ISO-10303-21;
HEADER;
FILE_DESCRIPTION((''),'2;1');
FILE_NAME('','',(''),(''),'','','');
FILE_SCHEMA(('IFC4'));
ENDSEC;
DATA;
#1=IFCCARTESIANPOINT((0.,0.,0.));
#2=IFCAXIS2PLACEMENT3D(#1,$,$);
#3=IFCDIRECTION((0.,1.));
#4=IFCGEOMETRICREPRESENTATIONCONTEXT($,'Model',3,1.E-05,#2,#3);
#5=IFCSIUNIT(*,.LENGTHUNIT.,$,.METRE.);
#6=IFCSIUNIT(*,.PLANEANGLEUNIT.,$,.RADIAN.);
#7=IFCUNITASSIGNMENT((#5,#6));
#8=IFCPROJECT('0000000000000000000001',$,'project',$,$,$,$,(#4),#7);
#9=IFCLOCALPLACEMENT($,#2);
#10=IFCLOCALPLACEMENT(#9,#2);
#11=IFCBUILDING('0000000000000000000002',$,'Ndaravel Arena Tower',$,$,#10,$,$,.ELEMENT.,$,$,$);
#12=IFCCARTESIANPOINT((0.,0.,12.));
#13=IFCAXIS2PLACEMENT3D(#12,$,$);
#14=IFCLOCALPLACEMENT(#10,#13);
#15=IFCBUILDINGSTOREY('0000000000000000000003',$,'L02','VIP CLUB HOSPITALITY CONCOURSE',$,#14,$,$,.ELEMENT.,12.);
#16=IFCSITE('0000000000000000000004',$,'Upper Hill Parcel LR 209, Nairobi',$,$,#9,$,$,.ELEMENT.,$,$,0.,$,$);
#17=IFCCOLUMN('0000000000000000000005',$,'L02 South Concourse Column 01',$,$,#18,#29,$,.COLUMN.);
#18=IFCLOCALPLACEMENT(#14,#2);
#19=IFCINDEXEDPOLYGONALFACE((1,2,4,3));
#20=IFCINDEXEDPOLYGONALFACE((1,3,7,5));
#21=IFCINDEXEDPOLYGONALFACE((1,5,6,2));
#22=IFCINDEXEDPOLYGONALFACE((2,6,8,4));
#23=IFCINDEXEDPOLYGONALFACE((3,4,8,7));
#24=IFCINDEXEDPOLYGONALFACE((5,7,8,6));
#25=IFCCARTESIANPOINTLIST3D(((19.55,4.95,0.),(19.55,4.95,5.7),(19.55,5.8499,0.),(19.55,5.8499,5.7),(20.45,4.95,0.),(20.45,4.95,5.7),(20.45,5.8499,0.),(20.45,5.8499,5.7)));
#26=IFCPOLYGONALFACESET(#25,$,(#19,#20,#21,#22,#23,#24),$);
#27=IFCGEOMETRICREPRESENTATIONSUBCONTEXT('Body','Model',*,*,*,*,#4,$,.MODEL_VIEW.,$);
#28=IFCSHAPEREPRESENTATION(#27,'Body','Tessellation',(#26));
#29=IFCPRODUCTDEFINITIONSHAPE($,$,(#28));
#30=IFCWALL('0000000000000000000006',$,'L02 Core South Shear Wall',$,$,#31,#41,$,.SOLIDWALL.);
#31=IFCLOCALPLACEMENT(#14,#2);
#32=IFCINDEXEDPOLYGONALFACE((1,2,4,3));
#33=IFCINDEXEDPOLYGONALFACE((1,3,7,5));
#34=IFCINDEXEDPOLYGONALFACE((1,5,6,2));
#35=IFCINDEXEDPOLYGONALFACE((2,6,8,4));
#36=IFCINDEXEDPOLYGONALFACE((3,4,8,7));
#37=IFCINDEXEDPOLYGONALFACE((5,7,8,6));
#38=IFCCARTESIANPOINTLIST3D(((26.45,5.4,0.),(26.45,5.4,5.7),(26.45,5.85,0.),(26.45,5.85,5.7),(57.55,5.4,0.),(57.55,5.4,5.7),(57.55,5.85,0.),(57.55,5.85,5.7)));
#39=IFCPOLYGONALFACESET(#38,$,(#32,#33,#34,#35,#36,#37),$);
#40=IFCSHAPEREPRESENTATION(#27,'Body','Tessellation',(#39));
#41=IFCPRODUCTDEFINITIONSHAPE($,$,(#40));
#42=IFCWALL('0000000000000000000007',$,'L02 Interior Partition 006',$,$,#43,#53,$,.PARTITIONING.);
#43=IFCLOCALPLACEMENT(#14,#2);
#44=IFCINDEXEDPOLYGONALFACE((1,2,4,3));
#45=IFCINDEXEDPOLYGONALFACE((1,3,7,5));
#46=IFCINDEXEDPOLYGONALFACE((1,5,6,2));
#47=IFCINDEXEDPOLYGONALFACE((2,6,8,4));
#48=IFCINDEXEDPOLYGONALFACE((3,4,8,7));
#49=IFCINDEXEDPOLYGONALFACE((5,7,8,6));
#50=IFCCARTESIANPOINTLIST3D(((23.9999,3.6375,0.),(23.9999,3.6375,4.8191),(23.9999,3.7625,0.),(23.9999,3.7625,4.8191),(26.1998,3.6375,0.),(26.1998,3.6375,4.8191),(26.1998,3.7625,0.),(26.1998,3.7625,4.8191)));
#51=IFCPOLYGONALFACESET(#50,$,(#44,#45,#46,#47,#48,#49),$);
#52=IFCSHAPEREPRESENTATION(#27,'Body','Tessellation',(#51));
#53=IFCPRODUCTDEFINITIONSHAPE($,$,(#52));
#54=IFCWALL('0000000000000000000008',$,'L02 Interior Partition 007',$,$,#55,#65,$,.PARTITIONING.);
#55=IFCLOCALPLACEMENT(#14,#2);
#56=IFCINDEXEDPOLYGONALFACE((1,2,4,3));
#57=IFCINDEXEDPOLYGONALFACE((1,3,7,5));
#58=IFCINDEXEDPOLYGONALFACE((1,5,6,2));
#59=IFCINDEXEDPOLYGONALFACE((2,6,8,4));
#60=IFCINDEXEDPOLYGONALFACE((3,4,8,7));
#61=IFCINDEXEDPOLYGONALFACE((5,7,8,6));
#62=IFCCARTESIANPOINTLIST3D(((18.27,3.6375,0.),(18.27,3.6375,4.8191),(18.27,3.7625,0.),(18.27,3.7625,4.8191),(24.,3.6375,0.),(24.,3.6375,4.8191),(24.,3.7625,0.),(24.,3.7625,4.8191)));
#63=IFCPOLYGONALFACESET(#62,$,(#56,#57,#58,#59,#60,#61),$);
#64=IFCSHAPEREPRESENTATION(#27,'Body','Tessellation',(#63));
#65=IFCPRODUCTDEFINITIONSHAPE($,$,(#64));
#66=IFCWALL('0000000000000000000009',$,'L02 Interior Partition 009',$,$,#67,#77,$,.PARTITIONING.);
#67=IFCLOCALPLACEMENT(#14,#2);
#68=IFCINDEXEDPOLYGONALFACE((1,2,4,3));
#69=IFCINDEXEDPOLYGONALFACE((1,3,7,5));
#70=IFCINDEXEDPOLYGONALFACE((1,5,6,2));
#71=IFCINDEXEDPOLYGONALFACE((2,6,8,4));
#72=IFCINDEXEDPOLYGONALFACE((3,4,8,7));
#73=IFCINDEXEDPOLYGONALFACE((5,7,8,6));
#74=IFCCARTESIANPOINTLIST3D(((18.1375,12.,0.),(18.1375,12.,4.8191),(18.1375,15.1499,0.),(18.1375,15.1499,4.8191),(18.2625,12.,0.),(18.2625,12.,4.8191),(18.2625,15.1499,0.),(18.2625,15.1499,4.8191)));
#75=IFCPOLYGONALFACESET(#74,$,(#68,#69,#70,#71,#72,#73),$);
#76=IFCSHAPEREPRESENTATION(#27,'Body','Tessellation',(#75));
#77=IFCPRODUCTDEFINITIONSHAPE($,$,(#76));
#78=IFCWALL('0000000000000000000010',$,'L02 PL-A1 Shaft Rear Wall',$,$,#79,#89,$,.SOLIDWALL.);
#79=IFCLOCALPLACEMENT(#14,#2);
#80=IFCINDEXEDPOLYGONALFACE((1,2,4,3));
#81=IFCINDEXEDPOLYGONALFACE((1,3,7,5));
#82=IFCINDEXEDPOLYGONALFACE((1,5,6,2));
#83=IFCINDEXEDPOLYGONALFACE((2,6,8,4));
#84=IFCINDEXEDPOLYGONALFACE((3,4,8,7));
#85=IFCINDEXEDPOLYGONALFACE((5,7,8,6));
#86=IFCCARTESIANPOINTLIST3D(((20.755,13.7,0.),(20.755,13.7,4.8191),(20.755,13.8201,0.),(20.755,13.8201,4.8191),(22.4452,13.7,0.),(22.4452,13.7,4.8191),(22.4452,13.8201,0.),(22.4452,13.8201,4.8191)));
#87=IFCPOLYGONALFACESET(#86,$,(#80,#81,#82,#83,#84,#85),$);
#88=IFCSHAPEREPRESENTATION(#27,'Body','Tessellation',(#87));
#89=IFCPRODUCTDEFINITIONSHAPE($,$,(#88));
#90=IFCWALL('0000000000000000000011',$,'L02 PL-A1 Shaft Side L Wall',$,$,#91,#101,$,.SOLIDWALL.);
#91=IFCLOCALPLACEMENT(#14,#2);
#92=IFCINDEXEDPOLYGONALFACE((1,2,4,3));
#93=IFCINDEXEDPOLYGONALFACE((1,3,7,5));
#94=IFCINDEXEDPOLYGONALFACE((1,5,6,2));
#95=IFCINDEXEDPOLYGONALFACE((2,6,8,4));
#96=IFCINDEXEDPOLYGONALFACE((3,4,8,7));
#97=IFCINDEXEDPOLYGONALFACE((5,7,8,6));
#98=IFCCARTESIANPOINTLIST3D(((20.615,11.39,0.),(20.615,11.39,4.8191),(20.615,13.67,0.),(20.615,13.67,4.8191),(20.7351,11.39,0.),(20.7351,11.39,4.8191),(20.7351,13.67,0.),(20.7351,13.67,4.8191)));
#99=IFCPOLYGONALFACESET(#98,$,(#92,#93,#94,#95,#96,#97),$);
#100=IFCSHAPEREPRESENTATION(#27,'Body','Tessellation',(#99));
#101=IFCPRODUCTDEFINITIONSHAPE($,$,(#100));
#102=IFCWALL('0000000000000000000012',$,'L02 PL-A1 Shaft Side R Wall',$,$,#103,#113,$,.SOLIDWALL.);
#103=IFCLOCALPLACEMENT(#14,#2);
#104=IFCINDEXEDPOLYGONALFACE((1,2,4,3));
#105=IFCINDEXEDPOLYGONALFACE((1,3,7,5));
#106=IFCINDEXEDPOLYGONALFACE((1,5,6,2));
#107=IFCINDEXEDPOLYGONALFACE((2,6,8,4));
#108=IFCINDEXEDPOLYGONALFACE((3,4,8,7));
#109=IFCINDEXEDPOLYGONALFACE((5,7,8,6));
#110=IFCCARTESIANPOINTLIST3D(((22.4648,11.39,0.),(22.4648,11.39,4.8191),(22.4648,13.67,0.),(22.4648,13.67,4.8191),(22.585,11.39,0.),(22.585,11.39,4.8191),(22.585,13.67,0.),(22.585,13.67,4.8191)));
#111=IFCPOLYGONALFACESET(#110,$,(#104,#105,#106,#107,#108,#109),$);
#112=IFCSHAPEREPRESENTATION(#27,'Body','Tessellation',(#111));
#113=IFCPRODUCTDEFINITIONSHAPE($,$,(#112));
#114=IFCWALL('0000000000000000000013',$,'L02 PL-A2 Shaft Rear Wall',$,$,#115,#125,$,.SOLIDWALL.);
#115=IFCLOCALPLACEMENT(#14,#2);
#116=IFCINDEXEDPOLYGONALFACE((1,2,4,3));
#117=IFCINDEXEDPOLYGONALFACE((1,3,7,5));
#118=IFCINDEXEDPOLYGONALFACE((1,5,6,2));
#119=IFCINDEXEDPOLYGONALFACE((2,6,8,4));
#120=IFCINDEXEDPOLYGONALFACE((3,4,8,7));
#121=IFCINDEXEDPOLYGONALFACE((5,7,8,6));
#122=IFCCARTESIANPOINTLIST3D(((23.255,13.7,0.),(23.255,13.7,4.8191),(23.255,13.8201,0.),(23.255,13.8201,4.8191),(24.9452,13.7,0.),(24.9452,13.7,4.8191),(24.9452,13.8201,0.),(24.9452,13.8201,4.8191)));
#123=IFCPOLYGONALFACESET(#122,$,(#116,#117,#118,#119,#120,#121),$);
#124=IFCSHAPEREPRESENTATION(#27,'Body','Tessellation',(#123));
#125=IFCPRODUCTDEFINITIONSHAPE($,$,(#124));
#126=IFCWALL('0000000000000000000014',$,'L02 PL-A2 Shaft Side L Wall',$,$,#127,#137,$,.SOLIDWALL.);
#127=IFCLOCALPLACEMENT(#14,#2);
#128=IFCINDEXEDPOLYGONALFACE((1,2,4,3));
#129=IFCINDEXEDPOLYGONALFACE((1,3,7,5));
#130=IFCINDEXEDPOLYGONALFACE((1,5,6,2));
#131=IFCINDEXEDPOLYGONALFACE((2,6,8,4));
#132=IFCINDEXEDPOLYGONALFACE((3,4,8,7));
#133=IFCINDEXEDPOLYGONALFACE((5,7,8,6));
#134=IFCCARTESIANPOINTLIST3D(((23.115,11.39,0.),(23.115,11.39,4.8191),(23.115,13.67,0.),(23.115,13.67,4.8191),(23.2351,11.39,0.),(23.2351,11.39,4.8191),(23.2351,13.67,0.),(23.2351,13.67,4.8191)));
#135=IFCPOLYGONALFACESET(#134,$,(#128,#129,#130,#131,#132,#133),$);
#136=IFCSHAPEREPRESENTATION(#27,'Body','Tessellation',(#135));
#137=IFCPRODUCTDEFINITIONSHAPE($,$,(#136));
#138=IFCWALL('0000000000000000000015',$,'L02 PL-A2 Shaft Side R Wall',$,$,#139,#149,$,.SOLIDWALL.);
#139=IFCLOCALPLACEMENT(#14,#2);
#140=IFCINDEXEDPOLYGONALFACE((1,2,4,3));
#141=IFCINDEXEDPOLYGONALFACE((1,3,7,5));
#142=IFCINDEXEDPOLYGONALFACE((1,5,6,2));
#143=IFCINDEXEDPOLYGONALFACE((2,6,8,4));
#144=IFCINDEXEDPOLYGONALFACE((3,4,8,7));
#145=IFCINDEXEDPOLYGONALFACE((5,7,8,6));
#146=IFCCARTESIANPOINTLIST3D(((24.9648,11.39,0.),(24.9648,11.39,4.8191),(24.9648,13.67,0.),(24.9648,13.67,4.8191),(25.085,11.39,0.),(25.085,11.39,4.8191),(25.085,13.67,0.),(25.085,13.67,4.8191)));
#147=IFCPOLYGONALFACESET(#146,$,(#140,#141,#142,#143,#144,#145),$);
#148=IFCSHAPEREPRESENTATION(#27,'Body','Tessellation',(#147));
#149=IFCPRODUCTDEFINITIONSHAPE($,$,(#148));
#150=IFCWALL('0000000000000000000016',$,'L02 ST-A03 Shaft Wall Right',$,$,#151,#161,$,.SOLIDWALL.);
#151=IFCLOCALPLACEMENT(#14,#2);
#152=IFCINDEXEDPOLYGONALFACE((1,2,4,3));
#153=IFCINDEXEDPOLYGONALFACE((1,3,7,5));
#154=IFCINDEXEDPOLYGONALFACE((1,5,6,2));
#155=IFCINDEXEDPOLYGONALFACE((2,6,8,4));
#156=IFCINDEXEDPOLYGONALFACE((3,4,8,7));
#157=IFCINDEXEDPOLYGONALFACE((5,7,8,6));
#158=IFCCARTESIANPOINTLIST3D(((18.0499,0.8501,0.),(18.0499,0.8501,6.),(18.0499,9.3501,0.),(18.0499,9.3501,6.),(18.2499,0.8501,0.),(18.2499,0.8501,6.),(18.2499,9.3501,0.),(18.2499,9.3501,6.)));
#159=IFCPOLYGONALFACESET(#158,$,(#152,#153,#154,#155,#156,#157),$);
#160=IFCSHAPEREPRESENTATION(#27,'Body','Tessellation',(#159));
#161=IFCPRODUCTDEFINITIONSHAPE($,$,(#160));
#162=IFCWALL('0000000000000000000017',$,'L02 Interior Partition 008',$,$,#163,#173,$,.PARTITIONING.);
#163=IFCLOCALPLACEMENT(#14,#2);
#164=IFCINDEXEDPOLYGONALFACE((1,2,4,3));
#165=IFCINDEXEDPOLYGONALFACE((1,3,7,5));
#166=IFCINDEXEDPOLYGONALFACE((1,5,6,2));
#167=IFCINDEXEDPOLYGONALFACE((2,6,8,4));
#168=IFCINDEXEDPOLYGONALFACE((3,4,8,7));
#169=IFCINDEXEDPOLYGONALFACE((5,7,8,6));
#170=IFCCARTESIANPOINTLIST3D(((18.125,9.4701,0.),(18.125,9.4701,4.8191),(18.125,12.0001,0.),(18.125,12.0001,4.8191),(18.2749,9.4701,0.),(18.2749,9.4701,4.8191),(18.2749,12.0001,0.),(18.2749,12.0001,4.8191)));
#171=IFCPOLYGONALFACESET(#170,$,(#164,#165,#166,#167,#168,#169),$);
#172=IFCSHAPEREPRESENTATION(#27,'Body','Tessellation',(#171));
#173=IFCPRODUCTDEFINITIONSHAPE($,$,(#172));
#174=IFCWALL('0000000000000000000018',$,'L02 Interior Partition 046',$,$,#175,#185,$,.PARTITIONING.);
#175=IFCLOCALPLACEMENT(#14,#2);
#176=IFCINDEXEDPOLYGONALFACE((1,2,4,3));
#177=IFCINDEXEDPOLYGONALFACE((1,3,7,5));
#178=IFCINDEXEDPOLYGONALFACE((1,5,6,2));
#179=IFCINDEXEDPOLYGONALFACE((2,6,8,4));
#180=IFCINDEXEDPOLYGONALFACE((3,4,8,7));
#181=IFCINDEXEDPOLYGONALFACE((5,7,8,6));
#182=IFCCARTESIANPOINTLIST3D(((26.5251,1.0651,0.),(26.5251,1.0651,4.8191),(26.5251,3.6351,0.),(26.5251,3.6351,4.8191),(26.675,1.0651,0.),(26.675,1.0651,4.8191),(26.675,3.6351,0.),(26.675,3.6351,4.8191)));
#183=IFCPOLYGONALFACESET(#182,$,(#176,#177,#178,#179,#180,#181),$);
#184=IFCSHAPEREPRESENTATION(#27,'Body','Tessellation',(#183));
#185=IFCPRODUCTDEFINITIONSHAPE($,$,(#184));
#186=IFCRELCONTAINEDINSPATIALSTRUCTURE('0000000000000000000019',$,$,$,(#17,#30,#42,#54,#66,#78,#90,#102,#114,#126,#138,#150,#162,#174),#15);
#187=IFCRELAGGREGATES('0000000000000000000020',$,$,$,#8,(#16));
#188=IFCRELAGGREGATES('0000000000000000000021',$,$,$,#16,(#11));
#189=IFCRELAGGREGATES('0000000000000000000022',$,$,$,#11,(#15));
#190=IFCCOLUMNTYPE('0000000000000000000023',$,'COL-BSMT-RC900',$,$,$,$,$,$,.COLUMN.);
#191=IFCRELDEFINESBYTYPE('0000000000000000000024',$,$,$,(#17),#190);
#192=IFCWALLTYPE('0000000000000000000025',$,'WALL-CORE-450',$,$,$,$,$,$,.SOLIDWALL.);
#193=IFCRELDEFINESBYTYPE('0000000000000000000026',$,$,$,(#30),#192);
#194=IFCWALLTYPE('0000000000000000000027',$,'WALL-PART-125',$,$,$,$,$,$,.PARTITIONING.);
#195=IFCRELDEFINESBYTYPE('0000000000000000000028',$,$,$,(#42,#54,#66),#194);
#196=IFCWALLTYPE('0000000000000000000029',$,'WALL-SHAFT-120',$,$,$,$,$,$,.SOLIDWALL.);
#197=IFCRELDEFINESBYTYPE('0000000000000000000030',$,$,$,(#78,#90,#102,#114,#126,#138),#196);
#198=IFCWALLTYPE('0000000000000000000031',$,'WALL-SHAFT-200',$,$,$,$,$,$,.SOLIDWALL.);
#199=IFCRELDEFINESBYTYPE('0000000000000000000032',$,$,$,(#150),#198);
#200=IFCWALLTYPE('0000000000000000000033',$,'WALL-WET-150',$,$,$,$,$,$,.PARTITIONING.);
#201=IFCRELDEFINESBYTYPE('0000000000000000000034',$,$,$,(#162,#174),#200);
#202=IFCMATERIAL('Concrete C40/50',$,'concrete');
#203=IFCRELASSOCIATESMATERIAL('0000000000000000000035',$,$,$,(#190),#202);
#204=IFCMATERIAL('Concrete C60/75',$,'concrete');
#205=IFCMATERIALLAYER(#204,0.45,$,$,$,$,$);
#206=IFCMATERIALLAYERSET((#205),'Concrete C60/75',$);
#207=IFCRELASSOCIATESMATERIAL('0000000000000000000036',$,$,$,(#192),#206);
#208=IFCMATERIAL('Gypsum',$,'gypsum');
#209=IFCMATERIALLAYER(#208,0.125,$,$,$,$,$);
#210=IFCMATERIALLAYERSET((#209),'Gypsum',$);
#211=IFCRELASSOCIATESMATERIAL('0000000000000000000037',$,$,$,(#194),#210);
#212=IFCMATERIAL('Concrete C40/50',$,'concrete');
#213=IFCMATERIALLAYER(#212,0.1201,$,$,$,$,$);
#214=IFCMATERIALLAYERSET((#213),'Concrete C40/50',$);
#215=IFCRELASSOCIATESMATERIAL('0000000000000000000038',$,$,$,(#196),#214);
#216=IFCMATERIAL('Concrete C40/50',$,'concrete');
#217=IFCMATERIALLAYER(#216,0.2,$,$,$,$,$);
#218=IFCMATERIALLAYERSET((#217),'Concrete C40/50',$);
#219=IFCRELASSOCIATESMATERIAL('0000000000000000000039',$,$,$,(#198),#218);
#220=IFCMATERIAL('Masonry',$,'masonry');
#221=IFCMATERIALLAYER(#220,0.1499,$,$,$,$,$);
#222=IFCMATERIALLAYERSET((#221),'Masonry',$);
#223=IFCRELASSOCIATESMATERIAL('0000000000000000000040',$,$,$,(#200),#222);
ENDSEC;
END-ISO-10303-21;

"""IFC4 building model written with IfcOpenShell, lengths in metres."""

from ifc_helpers import new_model, si_unit, direction, frame, frame_2d, origin, origin_2d, place, context, subcontext, project, spatial, rectangle, extrude, material, layer, layer_set, material_profile, profile_set, type_object, element, save


model = new_model("IFC4")

# Units and contexts
model_context = context("Model", 3, precision=1e-05, world=origin(), true_north=direction((0.0, 1.0)))
body_context = subcontext(model_context, "Body", "Model", "MODEL_VIEW")
ifc_project = project(units=[si_unit("LENGTHUNIT", "METRE"), si_unit("PLANEANGLEUNIT", "RADIAN")], contexts=[model_context])

# Site, building, storey
site_placement = place(None, origin())
site = spatial("IfcSite", under=ifc_project, at=site_placement, Name="Upper Hill Parcel LR 209, Nairobi", CompositionType="ELEMENT", RefElevation=0.0)
building_placement = place(site_placement, origin())
building = spatial("IfcBuilding", under=site, at=building_placement, Name="Ndaravel Arena Tower", CompositionType="ELEMENT")
storey_placement = place(building_placement, frame((0.0, 0.0, 12.0)))
storey = spatial("IfcBuildingStorey", under=building, at=storey_placement, Name="L02", Description="VIP CLUB HOSPITALITY CONCOURSE", CompositionType="ELEMENT", Elevation=12.0)

# Column
ifc_material_1 = material(Name="Concrete C40/50", Category="concrete")
ifc_material_profile = material_profile(ifc_material_1, rectangle(XDim=0.8999, YDim=0.8999, at=origin_2d()), Name="RC 900x900")
ifc_profile_set = profile_set([ifc_material_profile], Name="Concrete C40/50")
column_type = type_object("IfcColumnType", Name="COL-BSMT-RC900", PredefinedType="COLUMN", material=ifc_profile_set)
column_placement = place(storey_placement, frame((20.0, 5.3999, 0.0), z_axis=(0.0, 0.0, 1.0), x_axis=(1.0, 0.0, 0.0)))
element("IfcColumn", 1, at=column_placement, inside=storey, type_object=column_type, Name="L02 South Concourse Column 01", PredefinedType="COLUMN", context=body_context, shape_type="SweptSolid", body=[
    extrude(rectangle(XDim=0.8999, YDim=0.8999, at=origin_2d()), origin(), (0.0, 0.0, 1.0), 5.7),
])

# Walls
ifc_material_2 = material(Name="Concrete C60/75", Category="concrete")
ifc_layer_1 = layer(ifc_material_2, 0.45)
ifc_layer_set_1 = layer_set([ifc_layer_1], Name="Concrete C60/75")
wall_type_1 = type_object("IfcWallType", Name="WALL-CORE-450", PredefinedType="SOLIDWALL", material=ifc_layer_set_1)
wall_1_placement = place(storey_placement, frame((26.45, 5.625, 0.0), z_axis=(0.0, 0.0, 1.0), x_axis=(1.0, 0.0, 0.0)))
element("IfcWall", 2, at=wall_1_placement, inside=storey, type_object=wall_type_1, Name="L02 Core South Shear Wall", PredefinedType="SOLIDWALL", context=body_context, shape_type="SweptSolid", body=[
    extrude(rectangle(XDim=31.1001, YDim=0.45, at=frame_2d((15.55, 0.0))), origin(), (0.0, 0.0, 1.0), 5.7),
])
ifc_material_3 = material(Name="Gypsum", Category="gypsum")
ifc_layer_2 = layer(ifc_material_3, 0.125)
ifc_layer_set_2 = layer_set([ifc_layer_2], Name="Gypsum")
wall_type_2 = type_object("IfcWallType", Name="WALL-PART-125", PredefinedType="PARTITIONING", material=ifc_layer_set_2)
wall_2_placement = place(storey_placement, frame((26.2, 3.7, 0.0), z_axis=(0.0, 0.0, 1.0), x_axis=(-1.0, 0.0, 0.0)))
element("IfcWall", 3, at=wall_2_placement, inside=storey, type_object=wall_type_2, Name="L02 Interior Partition 006", PredefinedType="PARTITIONING", context=body_context, shape_type="SweptSolid", body=[
    extrude(rectangle(XDim=2.2, YDim=0.125, at=frame_2d((1.1001, 0.0))), origin(), (0.0, 0.0, 1.0), 4.8191),
])
wall_3_placement = place(storey_placement, frame((24.0, 3.7, 0.0), z_axis=(0.0, 0.0, 1.0), x_axis=(-1.0, 0.0, 0.0)))
element("IfcWall", 4, at=wall_3_placement, inside=storey, type_object=wall_type_2, Name="L02 Interior Partition 007", PredefinedType="PARTITIONING", context=body_context, shape_type="SweptSolid", body=[
    extrude(rectangle(XDim=5.73, YDim=0.125, at=frame_2d((2.865, 0.0))), origin(), (0.0, 0.0, 1.0), 4.8191),
])
wall_4_placement = place(storey_placement, frame((18.2, 12.0, 0.0), z_axis=(0.0, 0.0, 1.0), x_axis=(0.0, 1.0, 0.0)))
element("IfcWall", 5, at=wall_4_placement, inside=storey, type_object=wall_type_2, Name="L02 Interior Partition 009", PredefinedType="PARTITIONING", context=body_context, shape_type="SweptSolid", body=[
    extrude(rectangle(XDim=3.1499, YDim=0.125, at=frame_2d((1.575, 0.0))), origin(), (0.0, 0.0, 1.0), 4.8191),
])
ifc_material_4 = material(Name="Concrete C40/50", Category="concrete")
ifc_layer_3 = layer(ifc_material_4, 0.1201)
ifc_layer_set_3 = layer_set([ifc_layer_3], Name="Concrete C40/50")
wall_type_3 = type_object("IfcWallType", Name="WALL-SHAFT-120", PredefinedType="SOLIDWALL", material=ifc_layer_set_3)
wall_5_placement = place(storey_placement, frame((20.7549, 13.76, 0.0), z_axis=(0.0, 0.0, 1.0), x_axis=(1.0, 0.0, 0.0)))
element("IfcWall", 6, at=wall_5_placement, inside=storey, type_object=wall_type_3, Name="L02 PL-A1 Shaft Rear Wall", PredefinedType="SOLIDWALL", context=body_context, shape_type="SweptSolid", body=[
    extrude(rectangle(XDim=1.6902, YDim=0.1201, at=frame_2d((0.8452, 0.0))), origin(), (0.0, 0.0, 1.0), 4.8191),
])
for number, where, z_axis, x_axis, name in (
    (7, (20.675, 11.3899, 0.0), (0.0, 0.0, 1.0), (0.0, 1.0, 0.0), "L02 PL-A1 Shaft Side L Wall"),
    (8, (22.5249, 11.3899, 0.0), (0.0, 0.0, 1.0), (0.0, 1.0, 0.0), "L02 PL-A1 Shaft Side R Wall"),
):
    element("IfcWall", number, at=place(storey_placement, frame(where, z_axis=z_axis, x_axis=x_axis)), inside=storey, type_object=wall_type_3, Name=name, PredefinedType="SOLIDWALL", context=body_context, shape_type="SweptSolid", body=[
        extrude(rectangle(XDim=2.28, YDim=0.1201, at=frame_2d((1.1401, 0.0))), origin(), (0.0, 0.0, 1.0), 4.8191),
    ])
wall_6_placement = place(storey_placement, frame((23.2549, 13.76, 0.0), z_axis=(0.0, 0.0, 1.0), x_axis=(1.0, 0.0, 0.0)))
element("IfcWall", 9, at=wall_6_placement, inside=storey, type_object=wall_type_3, Name="L02 PL-A2 Shaft Rear Wall", PredefinedType="SOLIDWALL", context=body_context, shape_type="SweptSolid", body=[
    extrude(rectangle(XDim=1.6902, YDim=0.1201, at=frame_2d((0.8452, 0.0))), origin(), (0.0, 0.0, 1.0), 4.8191),
])
for number, where, z_axis, x_axis, name in (
    (10, (23.175, 11.3899, 0.0), (0.0, 0.0, 1.0), (0.0, 1.0, 0.0), "L02 PL-A2 Shaft Side L Wall"),
    (11, (25.0249, 11.3899, 0.0), (0.0, 0.0, 1.0), (0.0, 1.0, 0.0), "L02 PL-A2 Shaft Side R Wall"),
):
    element("IfcWall", number, at=place(storey_placement, frame(where, z_axis=z_axis, x_axis=x_axis)), inside=storey, type_object=wall_type_3, Name=name, PredefinedType="SOLIDWALL", context=body_context, shape_type="SweptSolid", body=[
        extrude(rectangle(XDim=2.28, YDim=0.1201, at=frame_2d((1.1401, 0.0))), origin(), (0.0, 0.0, 1.0), 4.8191),
    ])
ifc_material_5 = material(Name="Concrete C40/50", Category="concrete")
ifc_layer_4 = layer(ifc_material_5, 0.2)
ifc_layer_set_4 = layer_set([ifc_layer_4], Name="Concrete C40/50")
wall_type_4 = type_object("IfcWallType", Name="WALL-SHAFT-200", PredefinedType="SOLIDWALL", material=ifc_layer_set_4)
wall_7_placement = place(storey_placement, frame((18.1499, 9.3501, 0.0), z_axis=(0.0, 0.0, 1.0), x_axis=(0.0, -1.0, 0.0)))
element("IfcWall", 12, at=wall_7_placement, inside=storey, type_object=wall_type_4, Name="L02 ST-A03 Shaft Wall Right", PredefinedType="SOLIDWALL", context=body_context, shape_type="SweptSolid", body=[
    extrude(rectangle(XDim=8.5, YDim=0.2, at=frame_2d((4.25, 0.0))), origin(), (0.0, 0.0, 1.0), 6.0),
])

# Walls
ifc_material_6 = material(Name="Masonry", Category="masonry")
ifc_layer_5 = layer(ifc_material_6, 0.1499)
ifc_layer_set_5 = layer_set([ifc_layer_5], Name="Masonry")
wall_type_5 = type_object("IfcWallType", Name="WALL-WET-150", PredefinedType="PARTITIONING", material=ifc_layer_set_5)
wall_8_placement = place(storey_placement, frame((18.2, 9.47, 0.0), z_axis=(0.0, 0.0, 1.0), x_axis=(0.0, 1.0, 0.0)))
element("IfcWall", 13, at=wall_8_placement, inside=storey, type_object=wall_type_5, Name="L02 Interior Partition 008", PredefinedType="PARTITIONING", context=body_context, shape_type="SweptSolid", body=[
    extrude(rectangle(XDim=2.53, YDim=0.1499, at=frame_2d((1.2651, 0.0))), origin(), (0.0, 0.0, 1.0), 4.8191),
])
wall_9_placement = place(storey_placement, frame((26.6001, 1.0649, 0.0), z_axis=(0.0, 0.0, 1.0), x_axis=(0.0, 1.0, 0.0)))
element("IfcWall", 14, at=wall_9_placement, inside=storey, type_object=wall_type_5, Name="L02 Interior Partition 046", PredefinedType="PARTITIONING", context=body_context, shape_type="SweptSolid", body=[
    extrude(rectangle(XDim=2.5701, YDim=0.1499, at=frame_2d((1.2852, 0.0))), origin(), (0.0, 0.0, 1.0), 4.8191),
])

save(model, "model.ifc")
